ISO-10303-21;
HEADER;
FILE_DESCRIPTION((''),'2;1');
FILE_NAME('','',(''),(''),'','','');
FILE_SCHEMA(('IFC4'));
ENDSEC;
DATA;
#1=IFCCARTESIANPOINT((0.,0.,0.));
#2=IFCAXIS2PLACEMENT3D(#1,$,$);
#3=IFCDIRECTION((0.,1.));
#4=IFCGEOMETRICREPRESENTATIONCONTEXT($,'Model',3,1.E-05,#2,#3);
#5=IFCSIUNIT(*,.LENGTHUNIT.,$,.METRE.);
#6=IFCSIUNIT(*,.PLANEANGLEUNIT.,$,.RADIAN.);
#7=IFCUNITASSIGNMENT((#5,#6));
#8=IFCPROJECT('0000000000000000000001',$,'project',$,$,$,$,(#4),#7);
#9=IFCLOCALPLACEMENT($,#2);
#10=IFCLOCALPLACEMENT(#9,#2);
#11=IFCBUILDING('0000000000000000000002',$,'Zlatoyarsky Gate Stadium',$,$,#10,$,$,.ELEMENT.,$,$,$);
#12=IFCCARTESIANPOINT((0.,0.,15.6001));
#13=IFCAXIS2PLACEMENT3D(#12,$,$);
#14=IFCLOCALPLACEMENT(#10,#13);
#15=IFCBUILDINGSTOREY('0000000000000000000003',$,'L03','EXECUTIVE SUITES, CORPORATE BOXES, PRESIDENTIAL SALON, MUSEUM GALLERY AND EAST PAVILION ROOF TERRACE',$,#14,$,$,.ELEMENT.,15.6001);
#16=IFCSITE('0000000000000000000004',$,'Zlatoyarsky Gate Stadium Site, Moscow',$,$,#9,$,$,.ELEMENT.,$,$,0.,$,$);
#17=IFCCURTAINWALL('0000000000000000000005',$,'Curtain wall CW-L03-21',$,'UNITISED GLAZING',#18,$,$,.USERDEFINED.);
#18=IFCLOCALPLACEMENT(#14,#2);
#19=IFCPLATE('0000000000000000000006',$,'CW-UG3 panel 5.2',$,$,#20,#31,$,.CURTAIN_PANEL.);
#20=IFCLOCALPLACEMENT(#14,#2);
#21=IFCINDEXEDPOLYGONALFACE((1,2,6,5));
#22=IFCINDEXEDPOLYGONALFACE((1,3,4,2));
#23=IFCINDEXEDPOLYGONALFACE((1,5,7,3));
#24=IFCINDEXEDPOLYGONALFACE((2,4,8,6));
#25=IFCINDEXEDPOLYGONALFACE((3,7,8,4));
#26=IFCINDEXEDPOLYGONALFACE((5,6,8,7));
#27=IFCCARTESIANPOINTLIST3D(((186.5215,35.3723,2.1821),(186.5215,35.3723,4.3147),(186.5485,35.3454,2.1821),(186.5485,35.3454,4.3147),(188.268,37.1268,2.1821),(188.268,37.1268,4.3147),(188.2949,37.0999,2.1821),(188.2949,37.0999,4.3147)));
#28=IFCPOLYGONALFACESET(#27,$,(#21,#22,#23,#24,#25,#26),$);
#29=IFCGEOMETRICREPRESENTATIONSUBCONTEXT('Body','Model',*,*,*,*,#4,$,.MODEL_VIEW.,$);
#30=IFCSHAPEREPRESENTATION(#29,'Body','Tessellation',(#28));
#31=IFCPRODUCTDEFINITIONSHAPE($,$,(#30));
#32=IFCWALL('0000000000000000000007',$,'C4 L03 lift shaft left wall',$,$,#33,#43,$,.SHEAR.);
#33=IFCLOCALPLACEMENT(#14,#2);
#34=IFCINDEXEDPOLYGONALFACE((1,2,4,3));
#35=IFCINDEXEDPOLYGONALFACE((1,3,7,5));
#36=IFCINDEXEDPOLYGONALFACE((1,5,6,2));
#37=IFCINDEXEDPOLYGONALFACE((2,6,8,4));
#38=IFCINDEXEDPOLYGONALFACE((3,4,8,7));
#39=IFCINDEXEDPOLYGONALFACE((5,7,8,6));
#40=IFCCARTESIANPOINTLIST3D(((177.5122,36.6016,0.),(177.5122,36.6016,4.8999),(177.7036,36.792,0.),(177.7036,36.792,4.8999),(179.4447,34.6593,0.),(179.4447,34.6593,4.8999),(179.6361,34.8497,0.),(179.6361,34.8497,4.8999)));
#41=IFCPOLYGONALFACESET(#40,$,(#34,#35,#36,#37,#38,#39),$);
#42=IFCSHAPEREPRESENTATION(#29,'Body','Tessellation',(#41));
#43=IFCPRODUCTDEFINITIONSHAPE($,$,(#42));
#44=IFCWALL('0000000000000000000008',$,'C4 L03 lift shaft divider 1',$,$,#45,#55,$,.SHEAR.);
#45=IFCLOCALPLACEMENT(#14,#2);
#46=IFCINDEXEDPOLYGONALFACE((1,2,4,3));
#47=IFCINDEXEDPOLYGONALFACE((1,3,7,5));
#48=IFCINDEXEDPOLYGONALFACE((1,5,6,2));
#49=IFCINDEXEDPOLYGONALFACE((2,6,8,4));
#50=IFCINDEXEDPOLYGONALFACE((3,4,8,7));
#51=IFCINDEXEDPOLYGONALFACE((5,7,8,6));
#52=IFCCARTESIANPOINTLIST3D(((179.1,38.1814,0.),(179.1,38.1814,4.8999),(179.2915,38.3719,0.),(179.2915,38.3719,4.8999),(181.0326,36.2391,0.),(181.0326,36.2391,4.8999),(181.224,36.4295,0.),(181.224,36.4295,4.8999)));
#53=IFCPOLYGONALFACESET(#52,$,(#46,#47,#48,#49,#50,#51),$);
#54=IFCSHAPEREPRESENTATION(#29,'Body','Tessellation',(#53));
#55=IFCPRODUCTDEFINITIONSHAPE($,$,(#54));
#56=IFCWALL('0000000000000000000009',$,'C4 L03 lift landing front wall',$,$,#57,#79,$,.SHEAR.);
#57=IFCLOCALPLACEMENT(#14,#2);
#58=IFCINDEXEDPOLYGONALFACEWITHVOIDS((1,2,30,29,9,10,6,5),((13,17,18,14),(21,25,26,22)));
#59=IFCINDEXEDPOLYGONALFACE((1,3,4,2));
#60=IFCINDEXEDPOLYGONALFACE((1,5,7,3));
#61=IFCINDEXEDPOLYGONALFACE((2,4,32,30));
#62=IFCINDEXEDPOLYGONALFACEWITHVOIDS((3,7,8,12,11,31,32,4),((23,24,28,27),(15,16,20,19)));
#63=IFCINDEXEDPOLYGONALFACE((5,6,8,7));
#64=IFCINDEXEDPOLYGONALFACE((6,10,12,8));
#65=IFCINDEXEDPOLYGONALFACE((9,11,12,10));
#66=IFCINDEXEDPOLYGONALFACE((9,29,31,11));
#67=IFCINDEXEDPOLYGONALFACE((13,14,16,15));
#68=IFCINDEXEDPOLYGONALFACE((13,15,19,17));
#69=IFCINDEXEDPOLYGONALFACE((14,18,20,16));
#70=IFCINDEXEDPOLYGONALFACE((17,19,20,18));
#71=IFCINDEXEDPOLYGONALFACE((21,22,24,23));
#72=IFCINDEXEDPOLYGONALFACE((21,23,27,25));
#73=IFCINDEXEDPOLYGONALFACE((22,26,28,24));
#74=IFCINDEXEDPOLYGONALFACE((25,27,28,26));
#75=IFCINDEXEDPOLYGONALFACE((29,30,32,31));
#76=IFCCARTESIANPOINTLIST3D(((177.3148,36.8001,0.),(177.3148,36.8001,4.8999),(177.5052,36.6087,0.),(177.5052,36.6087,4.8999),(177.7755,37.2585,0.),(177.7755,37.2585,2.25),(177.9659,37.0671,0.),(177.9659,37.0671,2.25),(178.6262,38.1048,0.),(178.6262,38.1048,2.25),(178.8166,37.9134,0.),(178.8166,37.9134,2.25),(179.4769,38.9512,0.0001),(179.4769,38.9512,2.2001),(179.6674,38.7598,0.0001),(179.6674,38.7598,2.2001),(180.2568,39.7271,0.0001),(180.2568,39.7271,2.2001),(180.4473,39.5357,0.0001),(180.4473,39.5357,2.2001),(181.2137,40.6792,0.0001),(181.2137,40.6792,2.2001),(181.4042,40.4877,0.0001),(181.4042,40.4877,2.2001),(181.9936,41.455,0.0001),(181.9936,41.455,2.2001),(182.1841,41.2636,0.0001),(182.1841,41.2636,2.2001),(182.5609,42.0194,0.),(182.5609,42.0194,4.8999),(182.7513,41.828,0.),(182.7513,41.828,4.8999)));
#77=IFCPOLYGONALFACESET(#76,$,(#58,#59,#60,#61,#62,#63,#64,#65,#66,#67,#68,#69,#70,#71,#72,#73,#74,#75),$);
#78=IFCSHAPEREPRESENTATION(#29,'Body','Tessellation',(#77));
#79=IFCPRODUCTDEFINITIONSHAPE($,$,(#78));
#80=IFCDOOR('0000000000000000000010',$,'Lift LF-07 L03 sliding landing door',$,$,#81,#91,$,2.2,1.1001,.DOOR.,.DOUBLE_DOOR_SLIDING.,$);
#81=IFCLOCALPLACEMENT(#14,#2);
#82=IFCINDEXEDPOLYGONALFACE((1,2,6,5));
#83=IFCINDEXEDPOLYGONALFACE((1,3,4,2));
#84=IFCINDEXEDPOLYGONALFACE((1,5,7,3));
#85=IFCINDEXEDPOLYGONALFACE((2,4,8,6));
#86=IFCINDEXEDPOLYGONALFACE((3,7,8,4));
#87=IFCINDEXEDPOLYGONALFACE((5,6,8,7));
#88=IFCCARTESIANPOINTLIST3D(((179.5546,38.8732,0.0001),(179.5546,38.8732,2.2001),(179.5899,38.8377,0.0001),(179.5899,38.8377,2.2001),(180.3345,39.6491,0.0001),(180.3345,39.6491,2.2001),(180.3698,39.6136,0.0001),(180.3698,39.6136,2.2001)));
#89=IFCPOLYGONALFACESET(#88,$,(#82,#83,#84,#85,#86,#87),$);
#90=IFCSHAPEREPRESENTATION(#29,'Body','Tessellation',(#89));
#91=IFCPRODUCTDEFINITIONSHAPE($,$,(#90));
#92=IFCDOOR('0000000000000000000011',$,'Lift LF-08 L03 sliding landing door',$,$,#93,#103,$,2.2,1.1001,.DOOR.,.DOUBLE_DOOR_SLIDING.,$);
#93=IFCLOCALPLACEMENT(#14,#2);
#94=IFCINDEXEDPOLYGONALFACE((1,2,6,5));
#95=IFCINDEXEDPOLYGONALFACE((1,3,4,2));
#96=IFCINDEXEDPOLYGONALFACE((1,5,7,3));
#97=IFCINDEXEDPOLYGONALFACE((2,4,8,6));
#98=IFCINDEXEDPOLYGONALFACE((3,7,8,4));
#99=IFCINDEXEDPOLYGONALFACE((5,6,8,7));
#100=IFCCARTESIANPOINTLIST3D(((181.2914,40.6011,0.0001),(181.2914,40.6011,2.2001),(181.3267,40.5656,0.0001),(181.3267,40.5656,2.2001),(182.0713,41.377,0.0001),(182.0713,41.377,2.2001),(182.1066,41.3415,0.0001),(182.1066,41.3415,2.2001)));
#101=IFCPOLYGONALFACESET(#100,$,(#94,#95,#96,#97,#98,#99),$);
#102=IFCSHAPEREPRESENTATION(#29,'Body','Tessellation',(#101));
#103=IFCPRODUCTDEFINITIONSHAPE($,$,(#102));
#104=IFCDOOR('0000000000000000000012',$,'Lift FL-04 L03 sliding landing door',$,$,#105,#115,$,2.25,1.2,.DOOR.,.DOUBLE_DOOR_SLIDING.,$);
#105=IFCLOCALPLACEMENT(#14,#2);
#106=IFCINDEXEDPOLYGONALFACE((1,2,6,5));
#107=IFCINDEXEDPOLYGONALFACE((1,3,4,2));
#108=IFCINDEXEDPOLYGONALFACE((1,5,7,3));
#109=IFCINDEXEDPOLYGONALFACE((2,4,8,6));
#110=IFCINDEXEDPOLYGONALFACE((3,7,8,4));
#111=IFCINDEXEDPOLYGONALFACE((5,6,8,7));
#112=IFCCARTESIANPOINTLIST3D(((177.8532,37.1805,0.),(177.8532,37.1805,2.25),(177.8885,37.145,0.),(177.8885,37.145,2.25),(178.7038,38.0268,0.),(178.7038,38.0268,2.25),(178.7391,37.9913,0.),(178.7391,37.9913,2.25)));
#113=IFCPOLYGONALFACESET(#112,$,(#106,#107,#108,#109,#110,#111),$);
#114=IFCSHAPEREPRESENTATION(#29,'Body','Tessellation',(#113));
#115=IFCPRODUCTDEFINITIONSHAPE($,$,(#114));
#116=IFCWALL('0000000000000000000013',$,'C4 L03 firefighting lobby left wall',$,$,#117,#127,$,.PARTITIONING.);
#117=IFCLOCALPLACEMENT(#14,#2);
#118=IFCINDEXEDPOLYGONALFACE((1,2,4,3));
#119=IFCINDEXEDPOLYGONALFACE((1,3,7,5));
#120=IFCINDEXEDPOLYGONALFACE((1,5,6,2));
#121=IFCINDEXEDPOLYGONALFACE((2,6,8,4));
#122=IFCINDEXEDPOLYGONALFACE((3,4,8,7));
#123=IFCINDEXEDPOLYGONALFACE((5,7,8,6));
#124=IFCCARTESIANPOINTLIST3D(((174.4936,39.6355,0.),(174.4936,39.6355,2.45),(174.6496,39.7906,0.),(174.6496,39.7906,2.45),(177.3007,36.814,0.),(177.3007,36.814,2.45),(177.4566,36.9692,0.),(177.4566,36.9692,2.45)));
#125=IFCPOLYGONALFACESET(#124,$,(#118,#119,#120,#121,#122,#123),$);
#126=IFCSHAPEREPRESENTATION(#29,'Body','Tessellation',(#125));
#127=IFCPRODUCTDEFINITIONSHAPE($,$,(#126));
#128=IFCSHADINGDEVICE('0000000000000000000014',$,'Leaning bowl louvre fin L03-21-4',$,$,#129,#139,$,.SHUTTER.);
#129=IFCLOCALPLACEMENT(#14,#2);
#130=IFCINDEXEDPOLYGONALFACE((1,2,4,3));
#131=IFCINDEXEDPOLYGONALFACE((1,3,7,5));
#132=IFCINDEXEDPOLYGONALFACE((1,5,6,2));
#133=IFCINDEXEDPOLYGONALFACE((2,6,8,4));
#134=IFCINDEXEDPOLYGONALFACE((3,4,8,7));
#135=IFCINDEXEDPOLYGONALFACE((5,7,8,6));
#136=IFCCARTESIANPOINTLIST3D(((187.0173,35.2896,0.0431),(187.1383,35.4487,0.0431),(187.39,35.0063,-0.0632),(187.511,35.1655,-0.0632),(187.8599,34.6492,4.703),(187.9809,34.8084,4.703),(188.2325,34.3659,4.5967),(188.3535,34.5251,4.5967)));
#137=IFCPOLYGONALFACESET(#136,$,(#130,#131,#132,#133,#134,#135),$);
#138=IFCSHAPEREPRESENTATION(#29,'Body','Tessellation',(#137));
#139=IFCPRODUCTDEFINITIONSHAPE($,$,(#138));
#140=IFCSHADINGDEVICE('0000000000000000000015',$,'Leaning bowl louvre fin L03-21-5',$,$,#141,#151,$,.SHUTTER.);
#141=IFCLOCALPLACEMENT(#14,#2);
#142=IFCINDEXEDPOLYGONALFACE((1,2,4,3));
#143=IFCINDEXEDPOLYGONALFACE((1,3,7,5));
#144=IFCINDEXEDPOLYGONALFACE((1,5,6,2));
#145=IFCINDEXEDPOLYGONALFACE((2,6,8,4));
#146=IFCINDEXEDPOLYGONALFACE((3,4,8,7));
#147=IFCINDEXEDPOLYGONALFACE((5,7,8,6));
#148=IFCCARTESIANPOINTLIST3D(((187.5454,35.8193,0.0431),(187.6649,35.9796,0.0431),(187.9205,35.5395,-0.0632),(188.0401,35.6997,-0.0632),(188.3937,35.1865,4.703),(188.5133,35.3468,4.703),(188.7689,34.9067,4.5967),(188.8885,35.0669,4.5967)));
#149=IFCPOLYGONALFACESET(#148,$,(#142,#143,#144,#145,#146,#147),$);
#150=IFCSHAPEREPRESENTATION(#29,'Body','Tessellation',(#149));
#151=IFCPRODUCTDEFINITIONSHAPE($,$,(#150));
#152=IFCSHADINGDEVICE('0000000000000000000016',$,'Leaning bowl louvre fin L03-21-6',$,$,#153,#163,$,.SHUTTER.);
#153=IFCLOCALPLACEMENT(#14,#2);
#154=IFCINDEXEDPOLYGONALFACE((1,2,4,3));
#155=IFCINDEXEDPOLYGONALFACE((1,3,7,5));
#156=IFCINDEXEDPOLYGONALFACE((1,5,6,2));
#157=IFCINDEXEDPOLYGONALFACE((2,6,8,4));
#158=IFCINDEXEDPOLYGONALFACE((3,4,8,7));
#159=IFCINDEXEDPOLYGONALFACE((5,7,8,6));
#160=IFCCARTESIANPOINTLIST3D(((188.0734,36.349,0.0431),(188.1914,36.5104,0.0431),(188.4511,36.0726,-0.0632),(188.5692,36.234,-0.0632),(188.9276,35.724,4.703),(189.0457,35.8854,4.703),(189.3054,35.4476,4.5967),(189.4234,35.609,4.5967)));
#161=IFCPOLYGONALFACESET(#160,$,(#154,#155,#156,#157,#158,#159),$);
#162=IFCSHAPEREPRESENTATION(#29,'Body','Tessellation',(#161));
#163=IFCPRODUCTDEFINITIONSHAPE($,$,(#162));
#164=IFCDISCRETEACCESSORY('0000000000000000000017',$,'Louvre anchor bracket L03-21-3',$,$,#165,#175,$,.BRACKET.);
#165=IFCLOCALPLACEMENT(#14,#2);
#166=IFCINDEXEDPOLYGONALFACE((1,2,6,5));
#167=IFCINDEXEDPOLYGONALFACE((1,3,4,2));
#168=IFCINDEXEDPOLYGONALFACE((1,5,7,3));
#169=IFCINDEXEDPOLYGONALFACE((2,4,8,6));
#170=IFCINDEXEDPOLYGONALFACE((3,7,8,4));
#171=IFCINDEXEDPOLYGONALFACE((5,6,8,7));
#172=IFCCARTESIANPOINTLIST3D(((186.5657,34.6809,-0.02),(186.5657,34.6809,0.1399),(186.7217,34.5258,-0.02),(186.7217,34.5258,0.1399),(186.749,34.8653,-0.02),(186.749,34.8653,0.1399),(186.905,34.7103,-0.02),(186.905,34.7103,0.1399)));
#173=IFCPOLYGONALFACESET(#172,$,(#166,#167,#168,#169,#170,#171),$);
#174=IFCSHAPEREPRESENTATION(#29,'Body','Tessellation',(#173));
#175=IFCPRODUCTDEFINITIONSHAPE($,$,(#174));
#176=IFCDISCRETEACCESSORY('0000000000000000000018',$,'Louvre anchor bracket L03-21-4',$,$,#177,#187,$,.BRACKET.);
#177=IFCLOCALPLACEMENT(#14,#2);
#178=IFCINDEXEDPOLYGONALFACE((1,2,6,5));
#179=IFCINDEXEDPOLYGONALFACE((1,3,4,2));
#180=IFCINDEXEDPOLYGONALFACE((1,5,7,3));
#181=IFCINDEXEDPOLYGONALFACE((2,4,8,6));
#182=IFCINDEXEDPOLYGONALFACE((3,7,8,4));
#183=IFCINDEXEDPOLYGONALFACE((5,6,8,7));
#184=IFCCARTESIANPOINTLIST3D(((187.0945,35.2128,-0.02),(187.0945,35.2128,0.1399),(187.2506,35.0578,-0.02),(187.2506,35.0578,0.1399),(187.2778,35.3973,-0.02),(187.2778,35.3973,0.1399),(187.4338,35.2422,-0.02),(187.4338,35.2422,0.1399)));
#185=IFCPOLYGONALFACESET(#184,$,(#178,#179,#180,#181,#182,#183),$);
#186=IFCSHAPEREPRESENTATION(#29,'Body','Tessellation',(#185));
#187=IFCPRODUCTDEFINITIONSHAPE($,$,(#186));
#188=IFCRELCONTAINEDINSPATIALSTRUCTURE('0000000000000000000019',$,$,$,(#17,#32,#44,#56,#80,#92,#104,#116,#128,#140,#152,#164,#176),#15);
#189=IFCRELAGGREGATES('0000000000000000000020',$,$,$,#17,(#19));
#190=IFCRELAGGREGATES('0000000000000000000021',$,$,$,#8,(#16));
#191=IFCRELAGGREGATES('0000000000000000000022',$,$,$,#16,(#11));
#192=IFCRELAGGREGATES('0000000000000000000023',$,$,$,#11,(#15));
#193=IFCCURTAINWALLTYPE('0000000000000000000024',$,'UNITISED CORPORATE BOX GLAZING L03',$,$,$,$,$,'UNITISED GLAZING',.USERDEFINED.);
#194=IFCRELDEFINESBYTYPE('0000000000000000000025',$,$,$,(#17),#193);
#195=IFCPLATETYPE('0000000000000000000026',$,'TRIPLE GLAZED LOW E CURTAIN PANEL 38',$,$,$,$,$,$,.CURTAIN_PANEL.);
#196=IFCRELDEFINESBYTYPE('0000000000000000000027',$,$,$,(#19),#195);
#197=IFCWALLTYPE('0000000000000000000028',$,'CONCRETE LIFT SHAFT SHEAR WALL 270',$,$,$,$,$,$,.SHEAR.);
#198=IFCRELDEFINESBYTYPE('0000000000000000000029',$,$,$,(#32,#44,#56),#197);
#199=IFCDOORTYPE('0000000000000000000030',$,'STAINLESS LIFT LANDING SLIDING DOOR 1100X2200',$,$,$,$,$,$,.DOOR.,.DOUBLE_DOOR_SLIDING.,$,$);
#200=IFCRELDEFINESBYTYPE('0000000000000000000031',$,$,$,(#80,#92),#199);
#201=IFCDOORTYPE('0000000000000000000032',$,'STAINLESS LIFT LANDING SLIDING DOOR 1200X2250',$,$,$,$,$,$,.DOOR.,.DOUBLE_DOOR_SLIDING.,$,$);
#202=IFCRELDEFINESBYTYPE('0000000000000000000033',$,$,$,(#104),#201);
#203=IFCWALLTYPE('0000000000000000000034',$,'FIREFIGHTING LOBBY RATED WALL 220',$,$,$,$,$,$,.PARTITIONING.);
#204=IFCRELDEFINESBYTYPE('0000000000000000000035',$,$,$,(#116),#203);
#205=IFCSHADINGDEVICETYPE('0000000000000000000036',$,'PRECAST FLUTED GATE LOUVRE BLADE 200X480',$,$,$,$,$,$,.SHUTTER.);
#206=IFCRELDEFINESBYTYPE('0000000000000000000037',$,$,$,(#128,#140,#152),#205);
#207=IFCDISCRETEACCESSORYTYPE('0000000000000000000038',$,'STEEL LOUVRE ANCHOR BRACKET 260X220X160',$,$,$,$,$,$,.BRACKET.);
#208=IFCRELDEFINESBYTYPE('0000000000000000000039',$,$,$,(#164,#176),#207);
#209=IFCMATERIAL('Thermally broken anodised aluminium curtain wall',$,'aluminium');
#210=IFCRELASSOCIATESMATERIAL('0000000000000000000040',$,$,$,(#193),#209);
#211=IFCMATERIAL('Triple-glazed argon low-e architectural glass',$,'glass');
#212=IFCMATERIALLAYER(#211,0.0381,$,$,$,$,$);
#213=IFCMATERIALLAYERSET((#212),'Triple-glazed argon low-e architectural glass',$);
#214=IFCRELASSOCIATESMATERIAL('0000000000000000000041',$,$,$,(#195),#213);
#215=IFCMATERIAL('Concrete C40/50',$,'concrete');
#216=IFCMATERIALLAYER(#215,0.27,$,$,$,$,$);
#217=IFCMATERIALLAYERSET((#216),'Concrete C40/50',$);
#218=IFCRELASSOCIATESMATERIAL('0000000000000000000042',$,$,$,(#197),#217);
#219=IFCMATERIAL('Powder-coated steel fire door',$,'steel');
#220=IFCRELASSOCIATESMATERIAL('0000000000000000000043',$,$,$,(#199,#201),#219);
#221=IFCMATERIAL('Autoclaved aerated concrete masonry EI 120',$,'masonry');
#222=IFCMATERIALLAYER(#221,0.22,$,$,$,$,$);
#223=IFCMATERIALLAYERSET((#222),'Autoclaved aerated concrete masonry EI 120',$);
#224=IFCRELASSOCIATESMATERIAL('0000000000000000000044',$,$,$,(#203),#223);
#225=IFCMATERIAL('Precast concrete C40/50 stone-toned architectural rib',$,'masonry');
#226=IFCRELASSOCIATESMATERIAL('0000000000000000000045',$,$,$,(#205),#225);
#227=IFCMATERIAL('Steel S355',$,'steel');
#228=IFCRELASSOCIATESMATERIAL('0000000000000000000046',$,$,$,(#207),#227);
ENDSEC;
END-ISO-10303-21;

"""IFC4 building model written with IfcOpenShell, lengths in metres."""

from ifc_helpers import new_model, si_unit, direction, frame, frame_2d, origin, origin_2d, place, context, subcontext, project, spatial, rectangle, extrude, material, layer, layer_set, material_profile, profile_set, type_object, element, fill, aggregate, save


model = new_model("IFC4")

# Units and contexts
model_context = context("Model", 3, precision=1e-05, world=origin(), true_north=direction((0.0, 1.0)))
body_context = subcontext(model_context, "Body", "Model", "MODEL_VIEW")
ifc_project = project(units=[si_unit("LENGTHUNIT", "METRE"), si_unit("PLANEANGLEUNIT", "RADIAN")], contexts=[model_context])

# Site, building, storey
site_placement = place(None, origin())
site = spatial("IfcSite", under=ifc_project, at=site_placement, Name="Zlatoyarsky Gate Stadium Site, Moscow", CompositionType="ELEMENT", RefElevation=0.0)
building_placement = place(site_placement, origin())
building = spatial("IfcBuilding", under=site, at=building_placement, Name="Zlatoyarsky Gate Stadium", CompositionType="ELEMENT")
storey_placement = place(building_placement, frame((0.0, 0.0, 15.6001)))
storey = spatial("IfcBuildingStorey", under=building, at=storey_placement, Name="L03", Description="EXECUTIVE SUITES, CORPORATE BOXES, PRESIDENTIAL SALON, MUSEUM GALLERY AND EAST PAVILION ROOF TERRACE", CompositionType="ELEMENT", Elevation=15.6001)

# Curtain wall
ifc_material_1 = material(Name="Thermally broken anodised aluminium curtain wall", Category="aluminium")
curtain_wall_type = type_object("IfcCurtainWallType", Name="UNITISED CORPORATE BOX GLAZING L03", ElementType="UNITISED GLAZING", PredefinedType="USERDEFINED", material=ifc_material_1)
curtain_wall_placement = place(storey_placement, origin())
curtain_wall = element("IfcCurtainWall", 1, at=curtain_wall_placement, inside=storey, type_object=curtain_wall_type, Name="Curtain wall CW-L03-21", ObjectType="UNITISED GLAZING", PredefinedType="USERDEFINED")

# Shared definitions
ifc_material_2 = material(Name="Steel S355", Category="steel")

# Plate
ifc_material_3 = material(Name="Triple-glazed argon low-e architectural glass", Category="glass")
ifc_layer_1 = layer(ifc_material_3, 0.0381)
ifc_layer_set_1 = layer_set([ifc_layer_1], Name="Triple-glazed argon low-e architectural glass")
plate_type_1 = type_object("IfcPlateType", Name="TRIPLE GLAZED LOW E CURTAIN PANEL 38", PredefinedType="CURTAIN_PANEL", material=ifc_layer_set_1)
plate_1_placement = place(storey_placement, frame((187.4082, 36.2361, 2.1821), z_axis=(0.0, 0.0, 1.0), x_axis=(0.705489, 0.708721, 0.0)))
plate_1 = element("IfcPlate", 2, at=plate_1_placement, type_object=plate_type_1, Name="CW-UG3 panel 5.2", PredefinedType="CURTAIN_PANEL", context=body_context, shape_type="SweptSolid", body=[
    extrude(rectangle(XDim=2.4756, YDim=0.0381, at=origin_2d()), origin(), (0.0, 0.0, 1.0), 2.1326),
])
aggregate(curtain_wall, [plate_1])

# Walls
ifc_material_4 = material(Name="Concrete C40/50", Category="concrete")
ifc_layer_2 = layer(ifc_material_4, 0.27)
ifc_layer_set_2 = layer_set([ifc_layer_2], Name="Concrete C40/50")
wall_type_1 = type_object("IfcWallType", Name="CONCRETE LIFT SHAFT SHEAR WALL 270", PredefinedType="SHEAR", material=ifc_layer_set_2)
for number, where, z_axis, x_axis, name in (
    (3, (179.5405, 34.7544, 0.0), (0.0, 0.0, 1.0), (-0.705323, 0.708887, 0.0), "C4 L03 lift shaft left wall"),
    (4, (181.1284, 36.3342, 0.0), (0.0, 0.0, 1.0), (-0.705323, 0.708887, 0.0), "C4 L03 lift shaft divider 1"),
):
    element("IfcWall", number, at=place(storey_placement, frame(where, z_axis=z_axis, x_axis=x_axis)), inside=storey, type_object=wall_type_1, Name=name, PredefinedType="SHEAR", context=body_context, shape_type="SweptSolid", body=[
        extrude(rectangle(XDim=2.74, YDim=0.27, at=frame_2d((1.3701, 0.0))), origin(), (0.0, 0.0, 1.0), 4.8999),
    ])

# Wall, openings, doors
wall_1_placement = place(storey_placement, frame((177.4099, 36.7043, 0.0), z_axis=(0.0, 0.0, 1.0), x_axis=(0.708919, 0.70529, 0.0)))
wall_1 = element("IfcWall", 5, at=wall_1_placement, inside=storey, type_object=wall_type_1, Name="C4 L03 lift landing front wall", PredefinedType="SHEAR", context=body_context, shape_type="SweptSolid", body=[
    extrude(rectangle(XDim=7.4001, YDim=0.27, at=frame_2d((3.7002, 0.0))), origin(), (0.0, 0.0, 1.0), 4.8999),
])
opening_1_placement = place(wall_1_placement, frame((0.6499, 0.0, 0.0)))
opening_1 = element("IfcOpeningElement", 6, at=opening_1_placement, cuts=wall_1, PredefinedType="OPENING", context=body_context, shape_type="SweptSolid", body=[
    extrude(rectangle(XDim=1.2, YDim=2.25, at=frame_2d((0.6001, 1.125))), frame((0.0, 0.145, 0.0), z_axis=(0.0, -1.0, 0.0), x_axis=(1.0, 0.0, 0.0)), (0.0, 0.0, 1.0), 0.29),
])
opening_2_placement = place(wall_1_placement, frame((3.05, 0.0, 0.0)))
opening_2 = element("IfcOpeningElement", 7, at=opening_2_placement, cuts=wall_1, PredefinedType="OPENING", context=body_context, shape_type="SweptSolid", body=[
    extrude(rectangle(XDim=1.1001, YDim=2.2, at=frame_2d((0.55, 1.1001))), frame((0.0, 0.145, 0.0), z_axis=(0.0, -1.0, 0.0), x_axis=(1.0, 0.0, 0.0)), (0.0, 0.0, 1.0), 0.29),
])
opening_3_placement = place(wall_1_placement, frame((5.5, 0.0, 0.0)))
opening_3 = element("IfcOpeningElement", 8, at=opening_3_placement, cuts=wall_1, PredefinedType="OPENING", context=body_context, shape_type="SweptSolid", body=[
    extrude(rectangle(XDim=1.1001, YDim=2.2, at=frame_2d((0.55, 1.1001))), frame((0.0, 0.145, 0.0), z_axis=(0.0, -1.0, 0.0), x_axis=(1.0, 0.0, 0.0)), (0.0, 0.0, 1.0), 0.29),
])
ifc_material_5 = material(Name="Powder-coated steel fire door", Category="steel")
door_type_1 = type_object("IfcDoorType", Name="STAINLESS LIFT LANDING SLIDING DOOR 1100X2200", OperationType="DOUBLE_DOOR_SLIDING", PredefinedType="DOOR", material=ifc_material_5)
door_1_placement = place(opening_2_placement, origin())
door_1 = element("IfcDoor", 9, at=door_1_placement, inside=storey, type_object=door_type_1, Name="Lift LF-07 L03 sliding landing door", OperationType="DOUBLE_DOOR_SLIDING", OverallHeight=2.2, OverallWidth=1.1001, PredefinedType="DOOR", context=body_context, shape_type="SweptSolid", body=[
    extrude(rectangle(XDim=1.1001, YDim=2.2, at=frame_2d((0.55, 1.1001))), frame((0.0, 0.0249, 0.0), z_axis=(0.0, -1.0, 0.0), x_axis=(1.0, 0.0, 0.0)), (0.0, 0.0, 1.0), 0.05),
])
fill(opening_2, door_1)
door_2_placement = place(opening_3_placement, origin())
door_2 = element("IfcDoor", 10, at=door_2_placement, inside=storey, type_object=door_type_1, Name="Lift LF-08 L03 sliding landing door", OperationType="DOUBLE_DOOR_SLIDING", OverallHeight=2.2, OverallWidth=1.1001, PredefinedType="DOOR", context=body_context, shape_type="SweptSolid", body=[
    extrude(rectangle(XDim=1.1001, YDim=2.2, at=frame_2d((0.55, 1.1001))), frame((0.0, 0.0249, 0.0), z_axis=(0.0, -1.0, 0.0), x_axis=(1.0, 0.0, 0.0)), (0.0, 0.0, 1.0), 0.05),
])
fill(opening_3, door_2)
door_type_2 = type_object("IfcDoorType", Name="STAINLESS LIFT LANDING SLIDING DOOR 1200X2250", OperationType="DOUBLE_DOOR_SLIDING", PredefinedType="DOOR", material=ifc_material_5)
door_3_placement = place(opening_1_placement, origin())
door_3 = element("IfcDoor", 11, at=door_3_placement, inside=storey, type_object=door_type_2, Name="Lift FL-04 L03 sliding landing door", OperationType="DOUBLE_DOOR_SLIDING", OverallHeight=2.25, OverallWidth=1.2, PredefinedType="DOOR", context=body_context, shape_type="SweptSolid", body=[
    extrude(rectangle(XDim=1.2, YDim=2.25, at=frame_2d((0.6001, 1.125))), frame((0.0, 0.0249, 0.0), z_axis=(0.0, -1.0, 0.0), x_axis=(1.0, 0.0, 0.0)), (0.0, 0.0, 1.0), 0.05),
])
fill(opening_1, door_3)

# Wall
ifc_material_6 = material(Name="Autoclaved aerated concrete masonry EI 120", Category="masonry")
ifc_layer_3 = layer(ifc_material_6, 0.22)
ifc_layer_set_3 = layer_set([ifc_layer_3], Name="Autoclaved aerated concrete masonry EI 120")
wall_type_2 = type_object("IfcWallType", Name="FIREFIGHTING LOBBY RATED WALL 220", PredefinedType="PARTITIONING", material=ifc_layer_set_3)
wall_2_placement = place(storey_placement, frame((177.3787, 36.8916, 0.0), z_axis=(0.0, 0.0, 1.0), x_axis=(-0.705295, 0.708914, 0.0)))
element("IfcWall", 12, at=wall_2_placement, inside=storey, type_object=wall_type_2, Name="C4 L03 firefighting lobby left wall", PredefinedType="PARTITIONING", context=body_context, shape_type="SweptSolid", body=[
    extrude(rectangle(XDim=3.98, YDim=0.22, at=frame_2d((1.99, 0.0))), origin(), (0.0, 0.0, 1.0), 2.45),
])

# Shading devices
ifc_material_7 = material(Name="Precast concrete C40/50 stone-toned architectural rib", Category="masonry")
ifc_material_profile_1 = material_profile(ifc_material_7, rectangle(XDim=0.2, YDim=0.48, at=origin_2d()), Name="RIB 200X480")
ifc_profile_set_1 = profile_set([ifc_material_profile_1], Name="Precast concrete C40/50 stone-toned architectural rib")
shading_device_type = type_object("IfcShadingDeviceType", Name="PRECAST FLUTED GATE LOUVRE BLADE 200X480", PredefinedType="SHUTTER", material=ifc_profile_set_1)
for number, where, z_axis, x_axis, name in (
    (13, (187.2642, 35.2275, -0.01), (0.176314, -0.134011, 0.975169), (0.605118, 0.796136, 0.0), "Leaning bowl louvre fin L03-21-4"),
    (14, (187.7927, 35.7595, -0.01), (0.177539, -0.132426, 0.975163), (0.597894, 0.801575, 0.0), "Leaning bowl louvre fin L03-21-5"),
    (15, (188.3213, 36.2915, -0.01), (0.178765, -0.130791, 0.97516), (0.590473, 0.807057, 0.0), "Leaning bowl louvre fin L03-21-6"),
):
    element("IfcShadingDevice", number, at=place(storey_placement, frame(where, z_axis=z_axis, x_axis=x_axis)), inside=storey, type_object=shading_device_type, Name=name, PredefinedType="SHUTTER", context=body_context, shape_type="SweptSolid", body=[
        extrude(rectangle(XDim=0.2, YDim=0.48, at=origin_2d()), origin(), (0.0, 0.0, 1.0), 4.7786),
    ])

# Discrete accessories
discrete_accessory_type = type_object("IfcDiscreteAccessoryType", Name="STEEL LOUVRE ANCHOR BRACKET 260X220X160", PredefinedType="BRACKET", material=ifc_material_2)
for number, where, z_axis, x_axis, name in (
    (16, (186.7354, 34.6956, -0.02), (0.0, 0.0, 1.0), (0.704815, 0.709391, 0.0), "Louvre anchor bracket L03-21-3"),
    (17, (187.2642, 35.2275, -0.02), (0.0, 0.0, 1.0), (0.704815, 0.709391, 0.0), "Louvre anchor bracket L03-21-4"),
):
    element("IfcDiscreteAccessory", number, at=place(storey_placement, frame(where, z_axis=z_axis, x_axis=x_axis)), inside=storey, type_object=discrete_accessory_type, Name=name, PredefinedType="BRACKET", context=body_context, shape_type="SweptSolid", body=[
        extrude(rectangle(XDim=0.26, YDim=0.22, at=origin_2d()), origin(), (0.0, 0.0, 1.0), 0.1599),
    ])

save(model, "model.ifc")
